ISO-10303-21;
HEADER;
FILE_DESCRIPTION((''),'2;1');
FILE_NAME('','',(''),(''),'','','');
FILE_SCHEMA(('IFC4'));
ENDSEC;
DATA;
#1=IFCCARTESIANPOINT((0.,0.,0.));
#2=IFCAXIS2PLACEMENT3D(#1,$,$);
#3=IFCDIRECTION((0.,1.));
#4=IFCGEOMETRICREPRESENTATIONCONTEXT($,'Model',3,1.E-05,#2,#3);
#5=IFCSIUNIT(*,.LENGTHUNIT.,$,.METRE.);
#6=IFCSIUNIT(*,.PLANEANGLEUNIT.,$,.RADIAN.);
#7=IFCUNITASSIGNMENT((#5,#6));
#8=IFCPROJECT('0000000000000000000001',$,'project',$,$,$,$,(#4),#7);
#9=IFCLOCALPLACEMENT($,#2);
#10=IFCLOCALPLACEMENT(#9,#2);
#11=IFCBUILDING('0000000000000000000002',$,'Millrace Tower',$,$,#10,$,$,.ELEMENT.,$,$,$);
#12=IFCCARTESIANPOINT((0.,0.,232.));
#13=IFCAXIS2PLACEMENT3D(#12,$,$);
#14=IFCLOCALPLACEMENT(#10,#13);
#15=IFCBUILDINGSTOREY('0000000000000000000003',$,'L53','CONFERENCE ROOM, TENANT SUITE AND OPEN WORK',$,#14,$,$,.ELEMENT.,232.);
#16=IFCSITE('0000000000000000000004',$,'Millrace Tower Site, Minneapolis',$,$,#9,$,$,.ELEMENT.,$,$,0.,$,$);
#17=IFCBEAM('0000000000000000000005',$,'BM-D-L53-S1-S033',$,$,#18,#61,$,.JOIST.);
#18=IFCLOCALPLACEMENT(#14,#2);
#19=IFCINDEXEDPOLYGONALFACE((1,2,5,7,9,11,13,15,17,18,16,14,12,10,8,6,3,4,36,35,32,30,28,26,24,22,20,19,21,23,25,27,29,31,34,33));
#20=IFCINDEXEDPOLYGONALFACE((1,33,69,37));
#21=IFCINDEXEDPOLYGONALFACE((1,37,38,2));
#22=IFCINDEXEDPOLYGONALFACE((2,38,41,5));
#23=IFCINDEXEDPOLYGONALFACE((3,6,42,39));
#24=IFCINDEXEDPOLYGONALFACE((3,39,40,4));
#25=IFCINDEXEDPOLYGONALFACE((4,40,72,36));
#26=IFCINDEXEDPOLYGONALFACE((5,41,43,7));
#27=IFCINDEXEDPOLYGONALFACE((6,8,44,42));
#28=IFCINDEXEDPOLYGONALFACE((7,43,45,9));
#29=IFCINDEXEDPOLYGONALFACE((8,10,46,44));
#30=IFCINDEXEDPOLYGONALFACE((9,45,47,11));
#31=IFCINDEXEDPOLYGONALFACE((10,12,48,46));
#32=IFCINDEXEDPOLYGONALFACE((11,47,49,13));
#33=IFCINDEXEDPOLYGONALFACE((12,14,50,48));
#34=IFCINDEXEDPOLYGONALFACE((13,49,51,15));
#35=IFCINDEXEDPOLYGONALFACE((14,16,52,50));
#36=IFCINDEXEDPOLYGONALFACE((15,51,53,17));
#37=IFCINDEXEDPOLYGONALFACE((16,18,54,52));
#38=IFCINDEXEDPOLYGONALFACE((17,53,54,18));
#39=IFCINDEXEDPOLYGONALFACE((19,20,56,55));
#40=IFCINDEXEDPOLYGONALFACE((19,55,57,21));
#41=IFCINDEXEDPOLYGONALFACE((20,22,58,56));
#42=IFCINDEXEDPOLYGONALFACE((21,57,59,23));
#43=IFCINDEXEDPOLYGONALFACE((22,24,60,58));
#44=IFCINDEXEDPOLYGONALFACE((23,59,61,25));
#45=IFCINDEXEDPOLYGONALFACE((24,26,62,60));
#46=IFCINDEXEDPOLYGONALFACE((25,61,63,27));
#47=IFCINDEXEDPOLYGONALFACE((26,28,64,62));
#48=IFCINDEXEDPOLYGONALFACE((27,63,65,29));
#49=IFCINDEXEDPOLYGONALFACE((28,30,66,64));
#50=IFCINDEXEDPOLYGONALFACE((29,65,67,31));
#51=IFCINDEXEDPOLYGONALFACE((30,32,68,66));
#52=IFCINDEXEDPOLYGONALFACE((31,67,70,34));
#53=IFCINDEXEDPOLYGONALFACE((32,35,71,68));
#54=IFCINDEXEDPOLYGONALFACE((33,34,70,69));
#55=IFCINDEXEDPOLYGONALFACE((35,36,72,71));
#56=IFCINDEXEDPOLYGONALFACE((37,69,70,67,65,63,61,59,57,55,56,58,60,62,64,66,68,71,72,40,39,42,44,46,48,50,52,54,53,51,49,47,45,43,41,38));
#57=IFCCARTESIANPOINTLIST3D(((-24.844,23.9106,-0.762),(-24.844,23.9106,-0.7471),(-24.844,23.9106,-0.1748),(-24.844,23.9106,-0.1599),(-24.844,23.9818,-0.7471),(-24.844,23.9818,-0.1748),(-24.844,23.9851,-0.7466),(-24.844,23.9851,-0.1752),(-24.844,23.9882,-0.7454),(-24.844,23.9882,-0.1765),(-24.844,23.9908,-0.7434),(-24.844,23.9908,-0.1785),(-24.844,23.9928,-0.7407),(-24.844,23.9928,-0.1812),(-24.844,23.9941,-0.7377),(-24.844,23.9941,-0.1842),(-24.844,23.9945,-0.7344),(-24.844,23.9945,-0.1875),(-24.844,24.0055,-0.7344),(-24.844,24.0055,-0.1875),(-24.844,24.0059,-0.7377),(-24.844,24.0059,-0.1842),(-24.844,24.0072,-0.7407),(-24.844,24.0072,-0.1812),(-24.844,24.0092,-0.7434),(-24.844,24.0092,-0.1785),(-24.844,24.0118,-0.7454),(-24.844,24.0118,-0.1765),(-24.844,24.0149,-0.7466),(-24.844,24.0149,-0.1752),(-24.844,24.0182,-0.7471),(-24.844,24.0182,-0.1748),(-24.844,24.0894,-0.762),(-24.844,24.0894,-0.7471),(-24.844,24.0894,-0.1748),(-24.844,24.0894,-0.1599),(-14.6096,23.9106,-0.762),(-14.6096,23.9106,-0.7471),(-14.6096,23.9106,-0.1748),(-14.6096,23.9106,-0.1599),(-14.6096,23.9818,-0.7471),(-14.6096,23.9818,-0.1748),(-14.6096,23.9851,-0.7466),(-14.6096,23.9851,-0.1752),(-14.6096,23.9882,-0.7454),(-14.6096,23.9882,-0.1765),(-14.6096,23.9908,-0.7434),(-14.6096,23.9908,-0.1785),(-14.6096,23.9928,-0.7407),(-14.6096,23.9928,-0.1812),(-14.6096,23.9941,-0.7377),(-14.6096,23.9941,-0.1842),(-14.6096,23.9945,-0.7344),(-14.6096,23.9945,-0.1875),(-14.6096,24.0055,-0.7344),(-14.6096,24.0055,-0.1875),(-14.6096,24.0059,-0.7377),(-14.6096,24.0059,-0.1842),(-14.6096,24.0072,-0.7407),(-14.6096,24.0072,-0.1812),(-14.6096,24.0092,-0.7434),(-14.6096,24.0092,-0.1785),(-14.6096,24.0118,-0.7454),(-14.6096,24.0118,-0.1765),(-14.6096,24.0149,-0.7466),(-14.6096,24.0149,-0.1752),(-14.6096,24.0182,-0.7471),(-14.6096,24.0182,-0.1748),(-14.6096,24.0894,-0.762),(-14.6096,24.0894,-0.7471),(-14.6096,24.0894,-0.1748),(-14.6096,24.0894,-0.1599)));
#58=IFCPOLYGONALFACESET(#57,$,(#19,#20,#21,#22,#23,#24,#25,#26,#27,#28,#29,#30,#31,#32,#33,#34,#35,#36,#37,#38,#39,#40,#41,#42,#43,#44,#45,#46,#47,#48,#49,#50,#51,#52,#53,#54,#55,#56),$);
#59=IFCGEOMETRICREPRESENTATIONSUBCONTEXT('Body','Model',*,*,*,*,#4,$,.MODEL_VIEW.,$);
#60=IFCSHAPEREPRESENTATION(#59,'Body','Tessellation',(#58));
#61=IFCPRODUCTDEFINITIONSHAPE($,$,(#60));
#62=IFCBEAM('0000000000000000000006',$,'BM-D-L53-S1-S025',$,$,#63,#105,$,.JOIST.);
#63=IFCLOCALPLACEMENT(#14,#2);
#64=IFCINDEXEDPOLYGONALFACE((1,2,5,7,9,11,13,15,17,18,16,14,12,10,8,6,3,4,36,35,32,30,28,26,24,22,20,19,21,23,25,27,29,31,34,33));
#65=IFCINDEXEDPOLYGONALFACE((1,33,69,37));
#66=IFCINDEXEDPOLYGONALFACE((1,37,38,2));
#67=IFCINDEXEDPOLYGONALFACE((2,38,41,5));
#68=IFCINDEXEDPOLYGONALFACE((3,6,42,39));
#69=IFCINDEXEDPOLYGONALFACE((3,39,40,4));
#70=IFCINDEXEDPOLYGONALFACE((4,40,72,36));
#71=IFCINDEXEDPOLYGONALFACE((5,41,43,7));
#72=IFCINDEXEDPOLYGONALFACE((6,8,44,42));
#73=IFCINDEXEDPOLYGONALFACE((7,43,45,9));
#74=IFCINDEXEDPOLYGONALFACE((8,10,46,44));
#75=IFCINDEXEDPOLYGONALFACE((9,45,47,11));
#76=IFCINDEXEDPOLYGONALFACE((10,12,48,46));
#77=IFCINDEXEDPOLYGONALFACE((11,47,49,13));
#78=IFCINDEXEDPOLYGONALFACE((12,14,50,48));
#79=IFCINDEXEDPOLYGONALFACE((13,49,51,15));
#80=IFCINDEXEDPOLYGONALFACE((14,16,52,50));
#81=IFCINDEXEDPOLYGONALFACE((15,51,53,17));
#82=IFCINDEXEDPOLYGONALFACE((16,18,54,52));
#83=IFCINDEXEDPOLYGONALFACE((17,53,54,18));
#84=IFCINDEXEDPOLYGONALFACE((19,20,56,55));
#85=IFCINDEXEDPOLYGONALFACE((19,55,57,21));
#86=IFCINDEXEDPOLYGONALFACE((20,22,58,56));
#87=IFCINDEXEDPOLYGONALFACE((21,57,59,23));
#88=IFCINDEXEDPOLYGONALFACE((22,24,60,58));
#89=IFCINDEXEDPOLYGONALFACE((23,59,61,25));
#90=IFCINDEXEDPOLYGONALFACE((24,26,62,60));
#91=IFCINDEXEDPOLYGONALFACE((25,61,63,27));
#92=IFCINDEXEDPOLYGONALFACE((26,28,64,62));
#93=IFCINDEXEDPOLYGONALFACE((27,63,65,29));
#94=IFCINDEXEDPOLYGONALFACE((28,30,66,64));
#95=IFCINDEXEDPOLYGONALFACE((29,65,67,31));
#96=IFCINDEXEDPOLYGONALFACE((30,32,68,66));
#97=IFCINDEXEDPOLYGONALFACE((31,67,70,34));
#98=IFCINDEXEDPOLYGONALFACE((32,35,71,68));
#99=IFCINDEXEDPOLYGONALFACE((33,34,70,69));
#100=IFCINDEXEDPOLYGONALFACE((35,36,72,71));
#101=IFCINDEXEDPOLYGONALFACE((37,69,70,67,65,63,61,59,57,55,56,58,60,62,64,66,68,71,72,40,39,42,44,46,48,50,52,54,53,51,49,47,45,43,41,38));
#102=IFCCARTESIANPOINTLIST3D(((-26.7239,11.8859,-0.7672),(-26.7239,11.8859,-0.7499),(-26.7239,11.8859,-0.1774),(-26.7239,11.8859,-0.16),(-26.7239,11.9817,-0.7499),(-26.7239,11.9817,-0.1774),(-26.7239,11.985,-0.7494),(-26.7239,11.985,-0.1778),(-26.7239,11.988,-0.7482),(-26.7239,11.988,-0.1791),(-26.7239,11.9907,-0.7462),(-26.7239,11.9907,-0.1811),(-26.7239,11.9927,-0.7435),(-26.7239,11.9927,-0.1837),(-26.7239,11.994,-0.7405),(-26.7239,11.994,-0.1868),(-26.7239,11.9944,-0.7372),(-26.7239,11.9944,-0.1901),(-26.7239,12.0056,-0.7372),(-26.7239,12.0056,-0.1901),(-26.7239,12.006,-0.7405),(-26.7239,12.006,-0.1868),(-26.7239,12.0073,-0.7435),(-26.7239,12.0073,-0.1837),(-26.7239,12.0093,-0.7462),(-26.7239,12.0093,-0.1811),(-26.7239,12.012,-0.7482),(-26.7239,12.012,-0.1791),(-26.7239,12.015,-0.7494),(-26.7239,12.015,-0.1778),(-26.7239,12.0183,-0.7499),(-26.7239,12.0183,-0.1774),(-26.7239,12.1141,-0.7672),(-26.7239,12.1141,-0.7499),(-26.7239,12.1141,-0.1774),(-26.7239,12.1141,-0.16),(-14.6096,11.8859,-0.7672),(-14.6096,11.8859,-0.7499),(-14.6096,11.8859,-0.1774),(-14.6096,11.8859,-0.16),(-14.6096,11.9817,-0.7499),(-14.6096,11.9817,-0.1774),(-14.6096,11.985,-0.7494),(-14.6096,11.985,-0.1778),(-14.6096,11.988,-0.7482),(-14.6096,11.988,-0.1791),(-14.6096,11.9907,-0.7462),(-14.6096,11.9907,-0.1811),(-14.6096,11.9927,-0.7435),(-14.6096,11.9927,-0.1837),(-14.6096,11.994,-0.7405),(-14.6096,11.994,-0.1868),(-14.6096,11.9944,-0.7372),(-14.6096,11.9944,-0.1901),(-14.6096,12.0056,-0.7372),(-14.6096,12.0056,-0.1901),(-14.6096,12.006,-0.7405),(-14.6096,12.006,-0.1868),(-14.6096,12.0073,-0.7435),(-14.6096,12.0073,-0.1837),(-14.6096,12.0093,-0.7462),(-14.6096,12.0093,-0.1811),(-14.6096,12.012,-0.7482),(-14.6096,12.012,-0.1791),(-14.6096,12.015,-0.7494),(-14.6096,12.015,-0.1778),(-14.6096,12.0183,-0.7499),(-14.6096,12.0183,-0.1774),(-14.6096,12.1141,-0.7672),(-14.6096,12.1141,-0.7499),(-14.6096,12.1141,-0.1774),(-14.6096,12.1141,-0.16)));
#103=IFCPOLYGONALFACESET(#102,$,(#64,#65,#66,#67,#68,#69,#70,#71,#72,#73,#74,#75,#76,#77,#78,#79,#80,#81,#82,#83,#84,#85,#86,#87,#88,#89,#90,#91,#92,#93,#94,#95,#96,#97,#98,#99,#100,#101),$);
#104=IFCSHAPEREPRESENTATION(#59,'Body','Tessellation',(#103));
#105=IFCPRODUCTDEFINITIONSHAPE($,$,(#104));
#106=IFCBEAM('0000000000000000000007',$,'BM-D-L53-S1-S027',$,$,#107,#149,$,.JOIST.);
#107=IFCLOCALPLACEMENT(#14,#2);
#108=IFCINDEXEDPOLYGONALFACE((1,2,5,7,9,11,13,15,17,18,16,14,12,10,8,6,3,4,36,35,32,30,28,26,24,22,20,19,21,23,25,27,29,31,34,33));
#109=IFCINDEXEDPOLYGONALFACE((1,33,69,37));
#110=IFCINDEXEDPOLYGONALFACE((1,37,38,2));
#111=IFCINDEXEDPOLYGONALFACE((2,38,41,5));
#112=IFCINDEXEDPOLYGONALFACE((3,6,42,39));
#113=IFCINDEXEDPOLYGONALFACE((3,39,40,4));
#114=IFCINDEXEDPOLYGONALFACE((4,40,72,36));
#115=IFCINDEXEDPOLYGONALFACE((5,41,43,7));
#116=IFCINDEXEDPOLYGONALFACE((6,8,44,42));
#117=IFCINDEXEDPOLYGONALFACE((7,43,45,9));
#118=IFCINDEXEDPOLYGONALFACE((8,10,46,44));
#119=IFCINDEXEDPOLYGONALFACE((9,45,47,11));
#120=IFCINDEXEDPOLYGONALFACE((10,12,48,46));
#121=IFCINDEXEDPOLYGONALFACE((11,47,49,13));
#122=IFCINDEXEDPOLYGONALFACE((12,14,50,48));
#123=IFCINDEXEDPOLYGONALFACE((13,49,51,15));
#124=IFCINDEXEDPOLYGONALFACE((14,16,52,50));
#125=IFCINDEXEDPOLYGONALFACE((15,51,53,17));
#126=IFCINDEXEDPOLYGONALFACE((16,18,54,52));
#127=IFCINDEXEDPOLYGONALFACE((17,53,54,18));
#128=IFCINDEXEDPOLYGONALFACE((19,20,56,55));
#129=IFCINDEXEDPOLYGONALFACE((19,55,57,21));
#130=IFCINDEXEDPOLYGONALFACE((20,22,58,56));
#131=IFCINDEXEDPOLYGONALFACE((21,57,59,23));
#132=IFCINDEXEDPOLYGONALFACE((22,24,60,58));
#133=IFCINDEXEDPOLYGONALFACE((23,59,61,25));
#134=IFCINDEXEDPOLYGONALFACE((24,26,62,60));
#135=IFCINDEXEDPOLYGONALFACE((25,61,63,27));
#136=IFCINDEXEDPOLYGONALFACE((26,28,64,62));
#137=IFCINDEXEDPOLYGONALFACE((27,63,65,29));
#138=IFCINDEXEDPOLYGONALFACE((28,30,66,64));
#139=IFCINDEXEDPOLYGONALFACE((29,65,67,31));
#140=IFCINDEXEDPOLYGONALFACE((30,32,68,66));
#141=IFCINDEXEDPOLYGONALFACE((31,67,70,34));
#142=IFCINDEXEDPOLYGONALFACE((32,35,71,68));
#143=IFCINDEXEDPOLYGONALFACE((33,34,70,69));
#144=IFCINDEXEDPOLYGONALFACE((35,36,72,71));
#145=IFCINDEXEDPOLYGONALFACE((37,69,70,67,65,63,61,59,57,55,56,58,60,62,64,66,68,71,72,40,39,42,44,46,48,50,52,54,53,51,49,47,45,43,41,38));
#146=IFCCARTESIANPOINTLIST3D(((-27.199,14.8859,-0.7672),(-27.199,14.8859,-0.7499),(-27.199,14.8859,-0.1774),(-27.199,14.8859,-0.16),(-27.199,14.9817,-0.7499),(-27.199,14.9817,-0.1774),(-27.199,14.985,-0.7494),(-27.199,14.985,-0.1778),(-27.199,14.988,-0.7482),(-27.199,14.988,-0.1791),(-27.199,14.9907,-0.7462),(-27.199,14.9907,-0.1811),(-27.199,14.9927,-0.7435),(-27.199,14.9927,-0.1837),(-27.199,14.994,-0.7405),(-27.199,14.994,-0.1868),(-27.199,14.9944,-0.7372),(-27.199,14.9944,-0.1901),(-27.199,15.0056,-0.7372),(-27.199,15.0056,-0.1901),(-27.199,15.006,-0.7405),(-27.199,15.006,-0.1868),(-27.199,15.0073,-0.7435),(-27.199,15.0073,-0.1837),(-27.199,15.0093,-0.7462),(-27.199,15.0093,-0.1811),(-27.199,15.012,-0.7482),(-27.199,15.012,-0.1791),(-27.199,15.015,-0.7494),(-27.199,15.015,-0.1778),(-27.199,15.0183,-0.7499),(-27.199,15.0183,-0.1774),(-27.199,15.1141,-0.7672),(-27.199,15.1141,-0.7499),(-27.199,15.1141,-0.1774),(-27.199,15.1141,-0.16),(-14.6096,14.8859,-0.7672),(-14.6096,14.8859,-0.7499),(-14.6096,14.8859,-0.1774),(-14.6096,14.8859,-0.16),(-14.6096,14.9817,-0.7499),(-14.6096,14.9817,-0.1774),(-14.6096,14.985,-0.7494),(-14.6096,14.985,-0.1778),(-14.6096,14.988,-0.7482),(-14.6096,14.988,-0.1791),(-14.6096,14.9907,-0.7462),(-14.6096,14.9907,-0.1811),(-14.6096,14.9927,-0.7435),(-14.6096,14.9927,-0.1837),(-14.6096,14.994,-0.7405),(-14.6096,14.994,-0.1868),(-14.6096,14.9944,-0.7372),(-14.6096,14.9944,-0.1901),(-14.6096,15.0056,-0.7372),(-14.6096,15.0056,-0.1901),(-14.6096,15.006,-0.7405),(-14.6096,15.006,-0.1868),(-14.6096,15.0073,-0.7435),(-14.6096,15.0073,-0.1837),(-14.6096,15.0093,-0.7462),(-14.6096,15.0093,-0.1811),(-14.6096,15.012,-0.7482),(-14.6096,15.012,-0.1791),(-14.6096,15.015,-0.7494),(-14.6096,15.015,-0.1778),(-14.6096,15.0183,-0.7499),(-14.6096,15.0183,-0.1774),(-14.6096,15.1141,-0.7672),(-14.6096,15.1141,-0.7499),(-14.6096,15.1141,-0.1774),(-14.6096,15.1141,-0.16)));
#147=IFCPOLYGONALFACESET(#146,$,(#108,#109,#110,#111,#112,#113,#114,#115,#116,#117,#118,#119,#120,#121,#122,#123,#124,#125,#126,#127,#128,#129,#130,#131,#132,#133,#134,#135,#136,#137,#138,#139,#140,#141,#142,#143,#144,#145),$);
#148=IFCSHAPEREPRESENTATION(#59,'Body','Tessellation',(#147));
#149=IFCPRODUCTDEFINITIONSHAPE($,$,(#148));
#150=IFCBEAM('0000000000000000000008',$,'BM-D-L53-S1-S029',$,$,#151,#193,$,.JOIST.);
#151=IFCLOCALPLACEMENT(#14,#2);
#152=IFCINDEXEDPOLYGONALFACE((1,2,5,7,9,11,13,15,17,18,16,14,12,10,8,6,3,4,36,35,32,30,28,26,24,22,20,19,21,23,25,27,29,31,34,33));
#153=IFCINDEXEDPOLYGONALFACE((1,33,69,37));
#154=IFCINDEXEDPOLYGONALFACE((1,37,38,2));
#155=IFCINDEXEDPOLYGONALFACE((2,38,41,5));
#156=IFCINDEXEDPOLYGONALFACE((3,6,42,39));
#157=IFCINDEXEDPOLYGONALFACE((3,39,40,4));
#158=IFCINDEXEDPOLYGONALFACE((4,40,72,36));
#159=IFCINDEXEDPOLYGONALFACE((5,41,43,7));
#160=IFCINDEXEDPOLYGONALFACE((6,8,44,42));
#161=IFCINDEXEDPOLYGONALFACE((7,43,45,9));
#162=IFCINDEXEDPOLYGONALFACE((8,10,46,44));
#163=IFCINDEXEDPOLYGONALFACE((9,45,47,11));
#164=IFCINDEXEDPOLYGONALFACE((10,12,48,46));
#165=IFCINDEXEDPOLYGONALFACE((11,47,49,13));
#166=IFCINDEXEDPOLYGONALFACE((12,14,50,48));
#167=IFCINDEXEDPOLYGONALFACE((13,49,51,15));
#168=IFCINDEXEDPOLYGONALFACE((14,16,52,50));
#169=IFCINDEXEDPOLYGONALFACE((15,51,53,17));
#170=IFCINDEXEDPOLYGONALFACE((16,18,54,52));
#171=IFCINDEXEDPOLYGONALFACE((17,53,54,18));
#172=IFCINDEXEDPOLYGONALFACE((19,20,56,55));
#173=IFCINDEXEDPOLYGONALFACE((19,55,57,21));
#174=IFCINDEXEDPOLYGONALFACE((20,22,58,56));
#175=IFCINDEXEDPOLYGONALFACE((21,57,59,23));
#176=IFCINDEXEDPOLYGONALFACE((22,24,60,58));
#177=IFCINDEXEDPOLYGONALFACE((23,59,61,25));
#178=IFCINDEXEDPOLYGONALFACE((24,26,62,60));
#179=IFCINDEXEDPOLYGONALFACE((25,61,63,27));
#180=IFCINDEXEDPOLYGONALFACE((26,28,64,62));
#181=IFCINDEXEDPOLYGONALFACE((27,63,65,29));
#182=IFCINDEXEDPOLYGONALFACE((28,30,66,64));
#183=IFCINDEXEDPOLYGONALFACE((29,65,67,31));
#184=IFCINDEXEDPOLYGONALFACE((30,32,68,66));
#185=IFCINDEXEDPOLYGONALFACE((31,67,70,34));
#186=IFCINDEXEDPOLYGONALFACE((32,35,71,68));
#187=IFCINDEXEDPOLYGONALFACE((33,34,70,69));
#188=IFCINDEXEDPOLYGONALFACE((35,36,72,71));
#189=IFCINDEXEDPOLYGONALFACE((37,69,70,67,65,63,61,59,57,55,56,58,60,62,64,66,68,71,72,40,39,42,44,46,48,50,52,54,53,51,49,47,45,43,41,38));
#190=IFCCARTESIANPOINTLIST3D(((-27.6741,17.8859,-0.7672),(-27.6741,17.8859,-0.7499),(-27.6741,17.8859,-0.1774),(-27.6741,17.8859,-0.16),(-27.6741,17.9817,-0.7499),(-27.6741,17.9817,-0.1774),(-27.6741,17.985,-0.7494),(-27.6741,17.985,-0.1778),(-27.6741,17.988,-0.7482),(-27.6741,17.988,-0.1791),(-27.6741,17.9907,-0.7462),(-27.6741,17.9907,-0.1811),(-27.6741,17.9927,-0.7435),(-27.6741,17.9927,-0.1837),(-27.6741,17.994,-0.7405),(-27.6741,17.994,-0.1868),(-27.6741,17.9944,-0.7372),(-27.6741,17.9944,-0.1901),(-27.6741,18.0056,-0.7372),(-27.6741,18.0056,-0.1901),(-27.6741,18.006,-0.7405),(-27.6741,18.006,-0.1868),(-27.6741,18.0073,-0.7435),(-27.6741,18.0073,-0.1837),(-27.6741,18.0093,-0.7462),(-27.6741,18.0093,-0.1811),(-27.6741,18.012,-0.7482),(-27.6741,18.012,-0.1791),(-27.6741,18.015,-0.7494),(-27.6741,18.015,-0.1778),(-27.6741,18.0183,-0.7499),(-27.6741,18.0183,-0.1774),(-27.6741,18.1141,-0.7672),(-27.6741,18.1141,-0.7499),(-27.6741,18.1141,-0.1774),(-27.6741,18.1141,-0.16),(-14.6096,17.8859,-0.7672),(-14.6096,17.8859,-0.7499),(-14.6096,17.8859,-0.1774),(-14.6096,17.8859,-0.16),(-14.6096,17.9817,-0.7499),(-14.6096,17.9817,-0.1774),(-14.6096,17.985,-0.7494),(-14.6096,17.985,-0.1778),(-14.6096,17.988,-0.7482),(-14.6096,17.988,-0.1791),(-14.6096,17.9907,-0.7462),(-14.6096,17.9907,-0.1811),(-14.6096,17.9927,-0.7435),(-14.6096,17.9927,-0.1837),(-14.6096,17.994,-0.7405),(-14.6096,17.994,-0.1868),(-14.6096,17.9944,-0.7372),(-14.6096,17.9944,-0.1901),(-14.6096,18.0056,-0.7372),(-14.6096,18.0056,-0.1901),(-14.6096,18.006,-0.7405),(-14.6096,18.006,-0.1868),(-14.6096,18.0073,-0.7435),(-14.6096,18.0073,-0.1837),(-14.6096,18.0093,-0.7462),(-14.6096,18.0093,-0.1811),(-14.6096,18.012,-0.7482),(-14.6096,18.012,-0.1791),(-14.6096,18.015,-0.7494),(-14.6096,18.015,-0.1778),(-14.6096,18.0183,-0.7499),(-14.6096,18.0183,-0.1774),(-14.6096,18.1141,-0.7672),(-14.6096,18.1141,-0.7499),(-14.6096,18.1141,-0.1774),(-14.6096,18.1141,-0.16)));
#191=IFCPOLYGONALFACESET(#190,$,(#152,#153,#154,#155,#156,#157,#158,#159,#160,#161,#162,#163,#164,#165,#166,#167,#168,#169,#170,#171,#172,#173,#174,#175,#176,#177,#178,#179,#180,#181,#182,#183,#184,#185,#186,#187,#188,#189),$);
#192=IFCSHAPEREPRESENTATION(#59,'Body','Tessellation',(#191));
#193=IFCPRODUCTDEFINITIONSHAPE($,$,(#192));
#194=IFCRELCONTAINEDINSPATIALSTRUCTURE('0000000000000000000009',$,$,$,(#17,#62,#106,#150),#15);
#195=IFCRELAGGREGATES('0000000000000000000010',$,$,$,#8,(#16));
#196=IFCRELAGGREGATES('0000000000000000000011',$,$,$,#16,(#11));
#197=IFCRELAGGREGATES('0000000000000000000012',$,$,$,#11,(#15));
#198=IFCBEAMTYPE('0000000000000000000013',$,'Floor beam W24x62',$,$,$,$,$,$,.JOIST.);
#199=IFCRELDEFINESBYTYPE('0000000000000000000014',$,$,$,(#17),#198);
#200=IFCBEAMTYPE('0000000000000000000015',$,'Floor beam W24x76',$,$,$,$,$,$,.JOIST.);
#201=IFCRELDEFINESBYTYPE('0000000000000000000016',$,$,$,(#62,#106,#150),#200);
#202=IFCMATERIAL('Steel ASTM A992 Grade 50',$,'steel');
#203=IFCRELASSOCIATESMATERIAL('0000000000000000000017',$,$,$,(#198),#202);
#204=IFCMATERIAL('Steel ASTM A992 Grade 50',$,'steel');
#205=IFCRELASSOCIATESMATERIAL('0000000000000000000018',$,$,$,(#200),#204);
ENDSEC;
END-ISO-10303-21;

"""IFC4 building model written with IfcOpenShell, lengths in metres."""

from ifc_helpers import new_model, si_unit, direction, frame, origin, origin_2d, place, context, subcontext, project, spatial, i_section, extrude, material, material_profile, profile_set, type_object, element, save


model = new_model("IFC4")

# Units and contexts
model_context = context("Model", 3, precision=1e-05, world=origin(), true_north=direction((0.0, 1.0)))
body_context = subcontext(model_context, "Body", "Model", "MODEL_VIEW")
ifc_project = project(units=[si_unit("LENGTHUNIT", "METRE"), si_unit("PLANEANGLEUNIT", "RADIAN")], contexts=[model_context])

# Site, building, storey
site_placement = place(None, origin())
site = spatial("IfcSite", under=ifc_project, at=site_placement, Name="Millrace Tower Site, Minneapolis", CompositionType="ELEMENT", RefElevation=0.0)
building_placement = place(site_placement, origin())
building = spatial("IfcBuilding", under=site, at=building_placement, Name="Millrace Tower", CompositionType="ELEMENT")
storey_placement = place(building_placement, frame((0.0, 0.0, 232.0)))
storey = spatial("IfcBuildingStorey", under=building, at=storey_placement, Name="L53", Description="CONFERENCE ROOM, TENANT SUITE AND OPEN WORK", CompositionType="ELEMENT", Elevation=232.0)

# Beams
ifc_material_1 = material(Name="Steel ASTM A992 Grade 50", Category="steel")
ifc_material_profile_1 = material_profile(ifc_material_1, i_section(OverallWidth=0.1787, OverallDepth=0.6021, WebThickness=0.011, FlangeThickness=0.0149, FilletRadius=0.0127, at=origin_2d()))
ifc_profile_set_1 = profile_set([ifc_material_profile_1], Name="Steel ASTM A992 Grade 50")
beam_type_1 = type_object("IfcBeamType", Name="Floor beam W24x62", PredefinedType="JOIST", material=ifc_profile_set_1)
beam_1_placement = place(storey_placement, frame((-24.844, 24.0, -0.4609), z_axis=(1.0, 0.0, 0.0), x_axis=(0.0, 1.0, 0.0)))
element("IfcBeam", 1, at=beam_1_placement, inside=storey, type_object=beam_type_1, Name="BM-D-L53-S1-S033", PredefinedType="JOIST", context=body_context, shape_type="SweptSolid", body=[
    extrude(i_section(OverallWidth=0.1787, OverallDepth=0.6021, WebThickness=0.011, FlangeThickness=0.0149, FilletRadius=0.0127, at=origin_2d()), origin(), (0.0, 0.0, 1.0), 10.2344),
])
ifc_material_2 = material(Name="Steel ASTM A992 Grade 50", Category="steel")
ifc_material_profile_2 = material_profile(ifc_material_2, i_section(OverallWidth=0.2283, OverallDepth=0.6072, WebThickness=0.0112, FlangeThickness=0.0173, FilletRadius=0.0127, at=origin_2d()))
ifc_profile_set_2 = profile_set([ifc_material_profile_2], Name="Steel ASTM A992 Grade 50")
beam_type_2 = type_object("IfcBeamType", Name="Floor beam W24x76", PredefinedType="JOIST", material=ifc_profile_set_2)
beam_2_placement = place(storey_placement, frame((-26.7239, 12.0, -0.4636), z_axis=(1.0, 0.0, 0.0), x_axis=(0.0, 1.0, 0.0)))
element("IfcBeam", 2, at=beam_2_placement, inside=storey, type_object=beam_type_2, Name="BM-D-L53-S1-S025", PredefinedType="JOIST", context=body_context, shape_type="SweptSolid", body=[
    extrude(i_section(OverallWidth=0.2283, OverallDepth=0.6072, WebThickness=0.0112, FlangeThickness=0.0173, FilletRadius=0.0127, at=origin_2d()), origin(), (0.0, 0.0, 1.0), 12.1143),
])
beam_3_placement = place(storey_placement, frame((-27.199, 15.0, -0.4636), z_axis=(1.0, 0.0, 0.0), x_axis=(0.0, 1.0, 0.0)))
element("IfcBeam", 3, at=beam_3_placement, inside=storey, type_object=beam_type_2, Name="BM-D-L53-S1-S027", PredefinedType="JOIST", context=body_context, shape_type="SweptSolid", body=[
    extrude(i_section(OverallWidth=0.2283, OverallDepth=0.6072, WebThickness=0.0112, FlangeThickness=0.0173, FilletRadius=0.0127, at=origin_2d()), origin(), (0.0, 0.0, 1.0), 12.5894),
])
beam_4_placement = place(storey_placement, frame((-27.6741, 18.0, -0.4636), z_axis=(1.0, 0.0, 0.0), x_axis=(0.0, 1.0, 0.0)))
element("IfcBeam", 4, at=beam_4_placement, inside=storey, type_object=beam_type_2, Name="BM-D-L53-S1-S029", PredefinedType="JOIST", context=body_context, shape_type="SweptSolid", body=[
    extrude(i_section(OverallWidth=0.2283, OverallDepth=0.6072, WebThickness=0.0112, FlangeThickness=0.0173, FilletRadius=0.0127, at=origin_2d()), origin(), (0.0, 0.0, 1.0), 13.0645),
])

save(model, "model.ifc")
